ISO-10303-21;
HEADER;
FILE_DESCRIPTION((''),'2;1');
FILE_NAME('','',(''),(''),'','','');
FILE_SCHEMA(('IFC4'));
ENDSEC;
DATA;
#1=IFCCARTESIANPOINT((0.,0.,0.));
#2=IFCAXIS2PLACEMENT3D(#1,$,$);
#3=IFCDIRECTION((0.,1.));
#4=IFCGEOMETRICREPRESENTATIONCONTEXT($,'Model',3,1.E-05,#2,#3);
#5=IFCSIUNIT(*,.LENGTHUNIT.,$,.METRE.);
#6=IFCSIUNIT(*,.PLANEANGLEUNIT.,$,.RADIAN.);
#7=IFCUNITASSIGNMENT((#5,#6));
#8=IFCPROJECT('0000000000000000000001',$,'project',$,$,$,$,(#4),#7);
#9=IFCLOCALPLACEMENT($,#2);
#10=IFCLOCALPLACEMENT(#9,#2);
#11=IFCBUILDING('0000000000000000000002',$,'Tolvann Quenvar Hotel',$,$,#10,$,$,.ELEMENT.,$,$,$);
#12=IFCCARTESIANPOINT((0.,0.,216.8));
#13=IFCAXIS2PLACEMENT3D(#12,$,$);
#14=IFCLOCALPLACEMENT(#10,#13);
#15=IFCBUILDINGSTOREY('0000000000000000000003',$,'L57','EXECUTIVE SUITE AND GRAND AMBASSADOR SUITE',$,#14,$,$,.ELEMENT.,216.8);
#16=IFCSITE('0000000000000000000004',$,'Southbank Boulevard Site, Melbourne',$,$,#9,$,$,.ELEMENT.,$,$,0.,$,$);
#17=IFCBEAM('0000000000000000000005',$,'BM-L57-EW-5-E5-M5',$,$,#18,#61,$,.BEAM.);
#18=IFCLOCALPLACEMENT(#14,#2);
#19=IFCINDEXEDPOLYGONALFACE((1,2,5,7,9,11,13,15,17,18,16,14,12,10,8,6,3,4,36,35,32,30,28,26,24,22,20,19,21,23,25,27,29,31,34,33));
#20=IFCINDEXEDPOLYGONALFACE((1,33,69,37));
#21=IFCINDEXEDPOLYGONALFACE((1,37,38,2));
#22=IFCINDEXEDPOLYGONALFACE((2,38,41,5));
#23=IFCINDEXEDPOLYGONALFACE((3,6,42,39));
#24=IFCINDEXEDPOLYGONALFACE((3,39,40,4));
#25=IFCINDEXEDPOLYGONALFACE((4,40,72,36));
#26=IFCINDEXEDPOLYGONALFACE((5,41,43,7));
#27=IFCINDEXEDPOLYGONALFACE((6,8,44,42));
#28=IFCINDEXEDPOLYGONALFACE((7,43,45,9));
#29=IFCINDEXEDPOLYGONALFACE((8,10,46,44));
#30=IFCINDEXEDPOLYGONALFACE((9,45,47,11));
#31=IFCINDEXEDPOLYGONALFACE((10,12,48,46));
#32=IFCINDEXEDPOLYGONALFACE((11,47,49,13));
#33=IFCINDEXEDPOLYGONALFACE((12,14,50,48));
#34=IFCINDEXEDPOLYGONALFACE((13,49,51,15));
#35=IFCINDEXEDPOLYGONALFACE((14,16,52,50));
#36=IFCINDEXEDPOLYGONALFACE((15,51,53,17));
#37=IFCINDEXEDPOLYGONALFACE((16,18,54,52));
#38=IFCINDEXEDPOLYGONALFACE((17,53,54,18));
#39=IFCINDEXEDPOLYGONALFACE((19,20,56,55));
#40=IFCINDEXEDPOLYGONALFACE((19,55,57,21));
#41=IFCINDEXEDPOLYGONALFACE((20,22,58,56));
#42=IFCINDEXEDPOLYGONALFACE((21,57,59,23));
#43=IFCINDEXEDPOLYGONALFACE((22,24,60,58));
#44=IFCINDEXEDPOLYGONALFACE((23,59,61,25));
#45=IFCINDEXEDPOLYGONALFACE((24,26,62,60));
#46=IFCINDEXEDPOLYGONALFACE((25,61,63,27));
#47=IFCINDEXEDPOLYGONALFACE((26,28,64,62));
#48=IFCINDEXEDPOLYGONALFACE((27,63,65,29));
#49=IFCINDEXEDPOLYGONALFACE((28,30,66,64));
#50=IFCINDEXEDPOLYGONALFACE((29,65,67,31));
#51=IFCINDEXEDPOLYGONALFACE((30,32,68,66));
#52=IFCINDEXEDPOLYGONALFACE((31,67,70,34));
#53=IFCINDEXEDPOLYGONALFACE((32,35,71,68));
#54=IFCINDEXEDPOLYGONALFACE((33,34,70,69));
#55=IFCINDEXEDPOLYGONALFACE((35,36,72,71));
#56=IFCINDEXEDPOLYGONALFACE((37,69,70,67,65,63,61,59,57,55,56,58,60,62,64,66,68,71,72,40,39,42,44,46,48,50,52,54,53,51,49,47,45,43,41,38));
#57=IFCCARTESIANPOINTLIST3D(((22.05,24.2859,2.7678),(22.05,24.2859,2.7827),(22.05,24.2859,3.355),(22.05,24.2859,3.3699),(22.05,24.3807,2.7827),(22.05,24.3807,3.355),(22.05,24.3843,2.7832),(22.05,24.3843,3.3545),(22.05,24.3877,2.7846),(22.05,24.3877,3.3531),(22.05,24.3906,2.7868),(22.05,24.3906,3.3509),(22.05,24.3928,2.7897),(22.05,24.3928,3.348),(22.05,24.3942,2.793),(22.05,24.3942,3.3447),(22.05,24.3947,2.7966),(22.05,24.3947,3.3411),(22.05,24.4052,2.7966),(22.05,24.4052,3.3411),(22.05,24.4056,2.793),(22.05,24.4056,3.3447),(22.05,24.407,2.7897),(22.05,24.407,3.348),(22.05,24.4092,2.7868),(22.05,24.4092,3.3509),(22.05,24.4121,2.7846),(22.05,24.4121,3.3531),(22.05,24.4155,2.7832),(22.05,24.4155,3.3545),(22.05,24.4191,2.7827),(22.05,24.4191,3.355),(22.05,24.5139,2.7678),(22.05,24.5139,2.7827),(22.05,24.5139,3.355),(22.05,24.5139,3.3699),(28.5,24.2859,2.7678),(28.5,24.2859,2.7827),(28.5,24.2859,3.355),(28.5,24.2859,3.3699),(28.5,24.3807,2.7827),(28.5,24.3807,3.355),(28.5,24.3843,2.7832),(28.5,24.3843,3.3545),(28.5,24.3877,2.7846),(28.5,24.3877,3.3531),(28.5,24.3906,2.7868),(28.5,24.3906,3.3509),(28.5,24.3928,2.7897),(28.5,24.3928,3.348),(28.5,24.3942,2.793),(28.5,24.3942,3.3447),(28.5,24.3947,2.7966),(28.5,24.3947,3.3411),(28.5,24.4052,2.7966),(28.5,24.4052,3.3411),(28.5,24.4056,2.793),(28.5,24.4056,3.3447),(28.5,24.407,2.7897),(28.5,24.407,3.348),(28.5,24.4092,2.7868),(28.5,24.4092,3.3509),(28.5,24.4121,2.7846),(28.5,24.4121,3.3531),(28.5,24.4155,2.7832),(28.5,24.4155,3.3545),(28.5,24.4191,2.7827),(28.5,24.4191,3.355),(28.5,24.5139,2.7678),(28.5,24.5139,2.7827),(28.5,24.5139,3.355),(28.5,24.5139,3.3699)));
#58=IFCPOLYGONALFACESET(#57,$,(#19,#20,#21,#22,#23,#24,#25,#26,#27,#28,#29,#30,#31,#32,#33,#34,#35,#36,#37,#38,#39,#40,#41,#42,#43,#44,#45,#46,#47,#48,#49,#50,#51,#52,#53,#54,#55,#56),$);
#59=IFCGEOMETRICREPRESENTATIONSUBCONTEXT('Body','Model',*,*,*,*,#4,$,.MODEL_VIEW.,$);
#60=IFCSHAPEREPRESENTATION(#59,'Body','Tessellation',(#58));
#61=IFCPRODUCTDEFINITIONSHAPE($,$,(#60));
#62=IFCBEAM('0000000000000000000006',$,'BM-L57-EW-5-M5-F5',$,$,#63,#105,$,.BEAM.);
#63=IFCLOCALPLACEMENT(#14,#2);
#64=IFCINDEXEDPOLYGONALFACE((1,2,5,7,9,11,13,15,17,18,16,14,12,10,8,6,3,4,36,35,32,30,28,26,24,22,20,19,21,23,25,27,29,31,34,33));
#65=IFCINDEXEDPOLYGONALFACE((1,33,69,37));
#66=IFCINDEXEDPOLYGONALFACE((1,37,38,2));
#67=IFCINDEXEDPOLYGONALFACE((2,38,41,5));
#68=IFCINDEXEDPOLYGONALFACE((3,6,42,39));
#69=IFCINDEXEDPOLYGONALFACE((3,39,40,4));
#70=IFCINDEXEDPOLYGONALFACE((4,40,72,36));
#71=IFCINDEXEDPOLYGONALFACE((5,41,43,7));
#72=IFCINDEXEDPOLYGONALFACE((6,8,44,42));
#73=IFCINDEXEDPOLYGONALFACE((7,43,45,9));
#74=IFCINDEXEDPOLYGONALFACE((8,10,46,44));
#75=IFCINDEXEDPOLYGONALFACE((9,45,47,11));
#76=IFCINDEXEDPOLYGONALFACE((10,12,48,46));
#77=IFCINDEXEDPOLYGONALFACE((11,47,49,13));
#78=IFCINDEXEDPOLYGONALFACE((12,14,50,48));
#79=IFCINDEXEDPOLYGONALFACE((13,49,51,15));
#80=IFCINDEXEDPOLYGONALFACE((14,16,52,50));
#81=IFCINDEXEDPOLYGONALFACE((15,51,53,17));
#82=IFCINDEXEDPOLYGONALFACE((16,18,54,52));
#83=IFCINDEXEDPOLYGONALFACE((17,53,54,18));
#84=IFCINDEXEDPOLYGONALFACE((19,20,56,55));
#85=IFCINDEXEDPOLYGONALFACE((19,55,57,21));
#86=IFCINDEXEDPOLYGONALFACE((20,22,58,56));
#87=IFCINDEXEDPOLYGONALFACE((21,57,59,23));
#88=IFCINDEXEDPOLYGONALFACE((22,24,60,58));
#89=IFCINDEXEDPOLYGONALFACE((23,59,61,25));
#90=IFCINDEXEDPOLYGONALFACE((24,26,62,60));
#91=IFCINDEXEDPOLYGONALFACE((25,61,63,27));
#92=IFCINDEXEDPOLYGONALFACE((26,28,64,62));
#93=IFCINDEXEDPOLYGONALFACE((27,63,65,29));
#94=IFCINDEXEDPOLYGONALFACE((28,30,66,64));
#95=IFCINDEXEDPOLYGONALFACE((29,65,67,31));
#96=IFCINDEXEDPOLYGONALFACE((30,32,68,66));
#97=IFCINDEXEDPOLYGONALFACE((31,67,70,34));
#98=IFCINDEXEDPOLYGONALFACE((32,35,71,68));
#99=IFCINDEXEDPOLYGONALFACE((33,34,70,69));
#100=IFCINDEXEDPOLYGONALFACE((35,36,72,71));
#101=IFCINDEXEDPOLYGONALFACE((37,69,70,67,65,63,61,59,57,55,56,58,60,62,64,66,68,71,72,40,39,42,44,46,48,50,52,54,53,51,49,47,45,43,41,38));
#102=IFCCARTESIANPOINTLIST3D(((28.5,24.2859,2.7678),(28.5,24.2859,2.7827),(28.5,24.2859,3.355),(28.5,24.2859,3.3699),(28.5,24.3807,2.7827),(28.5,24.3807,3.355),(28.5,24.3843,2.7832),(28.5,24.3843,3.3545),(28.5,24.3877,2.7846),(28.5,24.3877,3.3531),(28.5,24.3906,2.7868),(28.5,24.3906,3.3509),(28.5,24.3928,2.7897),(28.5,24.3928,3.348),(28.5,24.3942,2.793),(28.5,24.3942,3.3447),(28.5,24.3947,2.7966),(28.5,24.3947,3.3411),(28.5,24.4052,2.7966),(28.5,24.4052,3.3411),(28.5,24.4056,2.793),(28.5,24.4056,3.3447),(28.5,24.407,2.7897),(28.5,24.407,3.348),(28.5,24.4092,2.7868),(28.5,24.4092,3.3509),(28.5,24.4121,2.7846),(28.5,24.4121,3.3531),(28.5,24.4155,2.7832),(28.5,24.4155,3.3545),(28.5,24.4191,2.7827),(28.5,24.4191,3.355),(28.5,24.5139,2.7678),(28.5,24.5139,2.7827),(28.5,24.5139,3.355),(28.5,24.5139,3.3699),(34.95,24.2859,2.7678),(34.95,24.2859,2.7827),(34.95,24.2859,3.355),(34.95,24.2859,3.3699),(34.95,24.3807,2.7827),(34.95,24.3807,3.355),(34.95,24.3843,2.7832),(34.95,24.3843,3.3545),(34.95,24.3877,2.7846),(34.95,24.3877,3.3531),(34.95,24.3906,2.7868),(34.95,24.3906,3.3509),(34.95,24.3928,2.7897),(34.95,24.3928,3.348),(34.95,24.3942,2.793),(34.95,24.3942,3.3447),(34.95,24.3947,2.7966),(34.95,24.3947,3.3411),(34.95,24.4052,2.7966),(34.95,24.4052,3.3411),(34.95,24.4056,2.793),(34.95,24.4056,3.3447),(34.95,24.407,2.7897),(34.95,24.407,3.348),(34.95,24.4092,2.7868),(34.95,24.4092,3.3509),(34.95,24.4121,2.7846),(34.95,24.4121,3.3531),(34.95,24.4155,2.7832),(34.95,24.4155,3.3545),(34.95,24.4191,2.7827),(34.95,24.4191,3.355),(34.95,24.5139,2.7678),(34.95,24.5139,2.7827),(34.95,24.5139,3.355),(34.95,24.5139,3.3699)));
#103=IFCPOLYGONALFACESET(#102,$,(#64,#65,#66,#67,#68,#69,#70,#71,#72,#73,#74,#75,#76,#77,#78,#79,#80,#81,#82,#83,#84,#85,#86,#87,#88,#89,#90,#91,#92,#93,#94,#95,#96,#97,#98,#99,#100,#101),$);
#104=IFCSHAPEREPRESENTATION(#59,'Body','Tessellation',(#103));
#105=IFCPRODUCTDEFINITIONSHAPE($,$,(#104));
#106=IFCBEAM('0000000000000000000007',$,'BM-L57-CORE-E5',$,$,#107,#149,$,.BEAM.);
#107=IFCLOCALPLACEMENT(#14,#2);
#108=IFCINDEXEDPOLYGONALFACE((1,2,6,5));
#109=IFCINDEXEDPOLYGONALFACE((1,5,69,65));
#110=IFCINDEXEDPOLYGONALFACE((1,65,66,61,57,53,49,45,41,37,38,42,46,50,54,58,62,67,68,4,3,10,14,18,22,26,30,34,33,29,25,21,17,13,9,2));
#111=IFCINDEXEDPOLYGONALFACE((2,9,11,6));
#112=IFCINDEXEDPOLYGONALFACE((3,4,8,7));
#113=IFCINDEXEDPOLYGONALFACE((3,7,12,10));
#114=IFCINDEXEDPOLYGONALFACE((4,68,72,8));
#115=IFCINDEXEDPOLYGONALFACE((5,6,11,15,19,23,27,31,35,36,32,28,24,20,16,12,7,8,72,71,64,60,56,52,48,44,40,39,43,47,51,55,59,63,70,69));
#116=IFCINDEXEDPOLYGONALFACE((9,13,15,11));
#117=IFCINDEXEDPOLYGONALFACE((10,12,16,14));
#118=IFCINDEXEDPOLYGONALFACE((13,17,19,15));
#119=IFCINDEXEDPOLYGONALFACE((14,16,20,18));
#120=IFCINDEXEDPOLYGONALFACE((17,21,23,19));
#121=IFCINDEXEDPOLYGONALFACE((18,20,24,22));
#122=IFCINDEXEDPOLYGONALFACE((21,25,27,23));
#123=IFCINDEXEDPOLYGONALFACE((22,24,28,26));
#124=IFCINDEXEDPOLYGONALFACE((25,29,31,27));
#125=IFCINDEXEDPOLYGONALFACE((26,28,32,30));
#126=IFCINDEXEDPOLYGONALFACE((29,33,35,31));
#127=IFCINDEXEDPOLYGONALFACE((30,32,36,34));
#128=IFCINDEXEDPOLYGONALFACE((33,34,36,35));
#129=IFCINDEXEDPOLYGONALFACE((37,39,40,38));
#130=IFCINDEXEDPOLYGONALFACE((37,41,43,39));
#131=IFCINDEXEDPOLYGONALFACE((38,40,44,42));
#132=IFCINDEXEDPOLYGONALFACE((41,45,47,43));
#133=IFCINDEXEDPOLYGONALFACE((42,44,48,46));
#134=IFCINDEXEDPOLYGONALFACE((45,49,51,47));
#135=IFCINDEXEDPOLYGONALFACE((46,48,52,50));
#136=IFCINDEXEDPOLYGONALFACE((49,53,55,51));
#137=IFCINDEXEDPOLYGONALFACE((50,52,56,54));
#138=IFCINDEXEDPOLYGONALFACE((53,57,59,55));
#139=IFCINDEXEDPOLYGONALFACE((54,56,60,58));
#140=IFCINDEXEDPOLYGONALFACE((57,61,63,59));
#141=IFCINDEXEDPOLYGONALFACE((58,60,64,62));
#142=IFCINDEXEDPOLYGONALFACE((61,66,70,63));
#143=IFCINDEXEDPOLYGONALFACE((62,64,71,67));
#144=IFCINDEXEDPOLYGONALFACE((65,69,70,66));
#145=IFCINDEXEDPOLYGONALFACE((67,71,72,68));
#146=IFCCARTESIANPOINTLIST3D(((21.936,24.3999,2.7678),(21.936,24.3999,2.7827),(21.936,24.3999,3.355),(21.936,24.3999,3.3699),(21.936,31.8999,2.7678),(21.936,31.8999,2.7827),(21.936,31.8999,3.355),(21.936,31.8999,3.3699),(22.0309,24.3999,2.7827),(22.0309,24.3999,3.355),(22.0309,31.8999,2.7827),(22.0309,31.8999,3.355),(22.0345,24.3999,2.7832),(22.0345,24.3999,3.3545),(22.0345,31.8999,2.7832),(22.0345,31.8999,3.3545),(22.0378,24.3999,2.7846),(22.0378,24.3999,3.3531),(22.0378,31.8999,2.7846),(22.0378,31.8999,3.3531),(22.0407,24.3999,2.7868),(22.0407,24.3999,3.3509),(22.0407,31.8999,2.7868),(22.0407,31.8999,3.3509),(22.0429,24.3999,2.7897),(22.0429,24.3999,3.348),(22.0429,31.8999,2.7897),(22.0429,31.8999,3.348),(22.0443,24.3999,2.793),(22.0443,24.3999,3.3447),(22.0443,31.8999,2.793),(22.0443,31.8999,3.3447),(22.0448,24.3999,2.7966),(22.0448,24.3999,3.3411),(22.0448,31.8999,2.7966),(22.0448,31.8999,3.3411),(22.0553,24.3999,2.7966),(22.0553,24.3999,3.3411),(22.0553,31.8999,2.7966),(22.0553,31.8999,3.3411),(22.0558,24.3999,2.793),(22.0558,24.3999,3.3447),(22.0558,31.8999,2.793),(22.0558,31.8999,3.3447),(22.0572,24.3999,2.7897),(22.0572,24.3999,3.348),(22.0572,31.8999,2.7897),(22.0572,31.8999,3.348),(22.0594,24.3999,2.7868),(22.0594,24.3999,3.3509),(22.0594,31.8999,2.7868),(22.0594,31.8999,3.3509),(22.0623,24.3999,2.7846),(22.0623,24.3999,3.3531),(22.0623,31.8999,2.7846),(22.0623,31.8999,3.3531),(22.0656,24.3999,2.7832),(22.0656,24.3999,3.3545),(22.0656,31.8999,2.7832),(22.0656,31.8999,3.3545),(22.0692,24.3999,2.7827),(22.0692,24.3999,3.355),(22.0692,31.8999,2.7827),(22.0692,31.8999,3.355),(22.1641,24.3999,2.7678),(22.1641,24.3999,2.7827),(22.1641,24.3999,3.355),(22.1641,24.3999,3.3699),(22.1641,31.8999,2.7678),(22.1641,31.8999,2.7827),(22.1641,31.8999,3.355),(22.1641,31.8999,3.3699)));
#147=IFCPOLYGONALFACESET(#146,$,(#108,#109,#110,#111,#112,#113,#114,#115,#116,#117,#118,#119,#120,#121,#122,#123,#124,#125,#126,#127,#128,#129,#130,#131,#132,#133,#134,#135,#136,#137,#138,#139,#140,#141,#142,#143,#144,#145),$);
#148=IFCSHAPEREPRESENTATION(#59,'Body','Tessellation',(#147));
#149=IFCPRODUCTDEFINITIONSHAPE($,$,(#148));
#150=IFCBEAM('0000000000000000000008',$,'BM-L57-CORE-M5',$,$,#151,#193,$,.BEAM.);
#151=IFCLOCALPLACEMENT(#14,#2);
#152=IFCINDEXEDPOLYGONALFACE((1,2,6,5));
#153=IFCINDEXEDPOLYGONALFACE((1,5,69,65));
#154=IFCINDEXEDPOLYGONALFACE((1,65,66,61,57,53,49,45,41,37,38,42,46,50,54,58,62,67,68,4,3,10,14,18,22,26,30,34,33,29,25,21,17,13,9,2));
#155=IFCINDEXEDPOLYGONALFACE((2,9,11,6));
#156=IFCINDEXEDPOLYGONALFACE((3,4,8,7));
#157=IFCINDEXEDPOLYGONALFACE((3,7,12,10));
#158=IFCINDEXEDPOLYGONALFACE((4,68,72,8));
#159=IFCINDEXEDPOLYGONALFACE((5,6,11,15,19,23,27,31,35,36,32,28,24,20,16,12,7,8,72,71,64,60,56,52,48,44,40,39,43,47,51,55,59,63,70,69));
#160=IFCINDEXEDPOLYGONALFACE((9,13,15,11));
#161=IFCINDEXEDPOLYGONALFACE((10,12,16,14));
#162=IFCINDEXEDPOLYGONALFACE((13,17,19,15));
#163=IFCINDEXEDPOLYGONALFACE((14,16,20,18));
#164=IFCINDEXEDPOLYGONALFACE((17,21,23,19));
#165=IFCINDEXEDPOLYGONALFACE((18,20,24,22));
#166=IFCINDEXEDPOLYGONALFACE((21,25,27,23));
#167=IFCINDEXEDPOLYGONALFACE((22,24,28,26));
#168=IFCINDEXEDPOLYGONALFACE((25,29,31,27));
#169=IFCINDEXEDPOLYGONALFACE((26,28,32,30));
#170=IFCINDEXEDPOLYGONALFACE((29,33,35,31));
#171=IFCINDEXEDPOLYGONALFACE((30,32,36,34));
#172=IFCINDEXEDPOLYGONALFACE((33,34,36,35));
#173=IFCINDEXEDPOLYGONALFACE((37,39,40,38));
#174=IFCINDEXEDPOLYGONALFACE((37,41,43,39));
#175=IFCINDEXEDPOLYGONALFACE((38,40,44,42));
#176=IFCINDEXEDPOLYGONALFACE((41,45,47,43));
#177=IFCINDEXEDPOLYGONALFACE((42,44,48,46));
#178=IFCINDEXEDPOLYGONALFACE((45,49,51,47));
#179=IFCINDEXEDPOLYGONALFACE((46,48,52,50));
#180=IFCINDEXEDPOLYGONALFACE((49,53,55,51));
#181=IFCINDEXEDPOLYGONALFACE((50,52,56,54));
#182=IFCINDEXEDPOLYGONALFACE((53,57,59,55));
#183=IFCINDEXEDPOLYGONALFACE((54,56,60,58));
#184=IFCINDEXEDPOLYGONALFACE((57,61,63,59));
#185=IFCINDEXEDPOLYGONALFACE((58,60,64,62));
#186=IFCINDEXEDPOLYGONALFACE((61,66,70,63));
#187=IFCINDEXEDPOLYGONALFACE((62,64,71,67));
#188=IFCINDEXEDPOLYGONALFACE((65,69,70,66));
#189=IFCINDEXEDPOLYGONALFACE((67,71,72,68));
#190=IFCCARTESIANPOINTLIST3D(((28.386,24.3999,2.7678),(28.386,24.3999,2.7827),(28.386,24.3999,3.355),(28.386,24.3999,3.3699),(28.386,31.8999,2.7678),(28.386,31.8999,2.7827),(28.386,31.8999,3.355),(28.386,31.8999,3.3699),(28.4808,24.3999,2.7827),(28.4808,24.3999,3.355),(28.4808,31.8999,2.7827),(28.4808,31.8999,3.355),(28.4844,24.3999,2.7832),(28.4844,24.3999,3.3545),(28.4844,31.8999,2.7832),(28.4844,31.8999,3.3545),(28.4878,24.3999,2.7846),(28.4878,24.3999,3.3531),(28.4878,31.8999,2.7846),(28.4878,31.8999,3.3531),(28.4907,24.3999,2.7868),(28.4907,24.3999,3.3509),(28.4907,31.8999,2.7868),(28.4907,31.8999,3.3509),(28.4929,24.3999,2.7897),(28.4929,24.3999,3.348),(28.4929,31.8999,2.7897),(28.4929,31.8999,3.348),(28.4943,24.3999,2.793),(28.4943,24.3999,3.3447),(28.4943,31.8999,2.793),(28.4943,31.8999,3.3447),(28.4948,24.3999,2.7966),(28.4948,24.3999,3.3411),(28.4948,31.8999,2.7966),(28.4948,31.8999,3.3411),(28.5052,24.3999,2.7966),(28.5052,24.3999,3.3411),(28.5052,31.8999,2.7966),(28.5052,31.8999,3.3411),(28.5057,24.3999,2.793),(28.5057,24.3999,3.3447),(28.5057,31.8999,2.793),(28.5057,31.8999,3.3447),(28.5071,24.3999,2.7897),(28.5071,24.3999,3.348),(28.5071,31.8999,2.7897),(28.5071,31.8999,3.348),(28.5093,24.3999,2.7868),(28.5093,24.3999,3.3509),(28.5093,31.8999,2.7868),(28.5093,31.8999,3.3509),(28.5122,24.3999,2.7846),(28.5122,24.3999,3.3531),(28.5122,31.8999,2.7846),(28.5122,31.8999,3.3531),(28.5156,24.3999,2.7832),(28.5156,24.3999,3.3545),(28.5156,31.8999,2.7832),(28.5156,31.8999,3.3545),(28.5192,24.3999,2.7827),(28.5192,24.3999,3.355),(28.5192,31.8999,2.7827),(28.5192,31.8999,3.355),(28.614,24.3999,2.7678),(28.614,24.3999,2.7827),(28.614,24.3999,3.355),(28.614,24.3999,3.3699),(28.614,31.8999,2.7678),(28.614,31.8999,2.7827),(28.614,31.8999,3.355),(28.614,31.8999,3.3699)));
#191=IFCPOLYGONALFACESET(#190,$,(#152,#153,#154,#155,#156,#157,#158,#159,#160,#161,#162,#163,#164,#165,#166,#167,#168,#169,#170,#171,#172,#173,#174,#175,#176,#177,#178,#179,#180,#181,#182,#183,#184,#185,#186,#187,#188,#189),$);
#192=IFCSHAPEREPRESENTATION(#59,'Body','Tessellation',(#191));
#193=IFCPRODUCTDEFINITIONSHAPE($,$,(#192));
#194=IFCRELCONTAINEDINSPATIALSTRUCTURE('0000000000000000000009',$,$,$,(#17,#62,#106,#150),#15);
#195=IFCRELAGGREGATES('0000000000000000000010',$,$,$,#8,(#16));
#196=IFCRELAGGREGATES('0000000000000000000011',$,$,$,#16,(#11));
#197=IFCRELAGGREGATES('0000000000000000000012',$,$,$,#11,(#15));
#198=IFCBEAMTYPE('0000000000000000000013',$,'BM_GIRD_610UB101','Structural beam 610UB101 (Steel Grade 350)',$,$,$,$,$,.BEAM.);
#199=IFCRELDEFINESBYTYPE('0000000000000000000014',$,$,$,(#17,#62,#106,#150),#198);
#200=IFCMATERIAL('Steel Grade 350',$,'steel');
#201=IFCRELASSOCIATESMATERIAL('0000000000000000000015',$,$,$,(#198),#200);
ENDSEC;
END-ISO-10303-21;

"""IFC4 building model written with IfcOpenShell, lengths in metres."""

from ifc_helpers import new_model, si_unit, direction, frame, origin, origin_2d, place, context, subcontext, project, spatial, i_section, extrude, source, transform, mapped, material, material_profile, profile_set, type_object, type_shapes, element, save


model = new_model("IFC4")

# Units and contexts
model_context = context("Model", 3, precision=1e-05, world=origin(), true_north=direction((0.0, 1.0)))
body_context = subcontext(model_context, "Body", "Model", "MODEL_VIEW")
ifc_project = project(units=[si_unit("LENGTHUNIT", "METRE"), si_unit("PLANEANGLEUNIT", "RADIAN")], contexts=[model_context])

# Site, building, storey
site_placement = place(None, origin())
site = spatial("IfcSite", under=ifc_project, at=site_placement, Name="Southbank Boulevard Site, Melbourne", CompositionType="ELEMENT", RefElevation=0.0)
building_placement = place(site_placement, origin())
building = spatial("IfcBuilding", under=site, at=building_placement, Name="Tolvann Quenvar Hotel", CompositionType="ELEMENT")
storey_placement = place(building_placement, frame((0.0, 0.0, 216.8)))
storey = spatial("IfcBuildingStorey", under=building, at=storey_placement, Name="L57", Description="EXECUTIVE SUITE AND GRAND AMBASSADOR SUITE", CompositionType="ELEMENT", Elevation=216.8)

# Shared definitions
ifc_material_1 = material(Name="Steel Grade 350", Category="steel")

# Beams
ifc_material_profile_1 = material_profile(ifc_material_1, i_section(OverallWidth=0.228, OverallDepth=0.6021, WebThickness=0.0105, FlangeThickness=0.0149, FilletRadius=0.0139, at=origin_2d()), Name="610UB101")
ifc_profile_set_1 = profile_set([ifc_material_profile_1], Name="Steel Grade 350")
beam_type_1 = type_object("IfcBeamType", Name="BM_GIRD_610UB101", Description="Structural beam 610UB101 (Steel Grade 350)", PredefinedType="BEAM", material=ifc_profile_set_1)
shared_shape_1 = source(origin(), body_context, "Body", "SweptSolid", [
    extrude(i_section(OverallWidth=0.228, OverallDepth=0.6021, WebThickness=0.0105, FlangeThickness=0.0149, FilletRadius=0.0139, at=origin_2d()), origin(), (0.0, 0.0, 1.0), 6.45),
])
for number, where, z_axis, x_axis, name in (
    (1, (22.05, 24.3999, 3.0688), (1.0, 0.0, 0.0), (0.0, 1.0, 0.0), "BM-L57-EW-5-E5-M5"),
    (2, (28.5, 24.3999, 3.0688), (1.0, 0.0, 0.0), (0.0, 1.0, 0.0), "BM-L57-EW-5-M5-F5"),
):
    element("IfcBeam", number, at=place(storey_placement, frame(where, z_axis=z_axis, x_axis=x_axis)), inside=storey, type_object=beam_type_1, Name=name, PredefinedType="BEAM", context=body_context, shape_type="MappedRepresentation", body=[
        mapped(shared_shape_1, transform((0.0, 0.0, 0.0), x_axis=(1.0, 0.0, 0.0), y_axis=(0.0, 1.0, 0.0), z_axis=(0.0, 0.0, 1.0), scale=1.0)),
    ])
shared_shape_2 = source(origin(), body_context, "Body", "SweptSolid", [
    extrude(i_section(OverallWidth=0.228, OverallDepth=0.6021, WebThickness=0.0105, FlangeThickness=0.0149, FilletRadius=0.0139, at=origin_2d()), origin(), (0.0, 0.0, 1.0), 7.5),
])
type_shapes(beam_type_1, [shared_shape_1, shared_shape_2])
for number, where, z_axis, x_axis, name in (
    (3, (22.05, 24.3999, 3.0688), (0.0, 1.0, 0.0), (-1.0, 0.0, 0.0), "BM-L57-CORE-E5"),
    (4, (28.5, 24.3999, 3.0688), (0.0, 1.0, 0.0), (-1.0, 0.0, 0.0), "BM-L57-CORE-M5"),
):
    element("IfcBeam", number, at=place(storey_placement, frame(where, z_axis=z_axis, x_axis=x_axis)), inside=storey, type_object=beam_type_1, Name=name, PredefinedType="BEAM", context=body_context, shape_type="MappedRepresentation", body=[
        mapped(shared_shape_2, transform((0.0, 0.0, 0.0), x_axis=(1.0, 0.0, 0.0), y_axis=(0.0, 1.0, 0.0), z_axis=(0.0, 0.0, 1.0), scale=1.0)),
    ])

save(model, "model.ifc")
